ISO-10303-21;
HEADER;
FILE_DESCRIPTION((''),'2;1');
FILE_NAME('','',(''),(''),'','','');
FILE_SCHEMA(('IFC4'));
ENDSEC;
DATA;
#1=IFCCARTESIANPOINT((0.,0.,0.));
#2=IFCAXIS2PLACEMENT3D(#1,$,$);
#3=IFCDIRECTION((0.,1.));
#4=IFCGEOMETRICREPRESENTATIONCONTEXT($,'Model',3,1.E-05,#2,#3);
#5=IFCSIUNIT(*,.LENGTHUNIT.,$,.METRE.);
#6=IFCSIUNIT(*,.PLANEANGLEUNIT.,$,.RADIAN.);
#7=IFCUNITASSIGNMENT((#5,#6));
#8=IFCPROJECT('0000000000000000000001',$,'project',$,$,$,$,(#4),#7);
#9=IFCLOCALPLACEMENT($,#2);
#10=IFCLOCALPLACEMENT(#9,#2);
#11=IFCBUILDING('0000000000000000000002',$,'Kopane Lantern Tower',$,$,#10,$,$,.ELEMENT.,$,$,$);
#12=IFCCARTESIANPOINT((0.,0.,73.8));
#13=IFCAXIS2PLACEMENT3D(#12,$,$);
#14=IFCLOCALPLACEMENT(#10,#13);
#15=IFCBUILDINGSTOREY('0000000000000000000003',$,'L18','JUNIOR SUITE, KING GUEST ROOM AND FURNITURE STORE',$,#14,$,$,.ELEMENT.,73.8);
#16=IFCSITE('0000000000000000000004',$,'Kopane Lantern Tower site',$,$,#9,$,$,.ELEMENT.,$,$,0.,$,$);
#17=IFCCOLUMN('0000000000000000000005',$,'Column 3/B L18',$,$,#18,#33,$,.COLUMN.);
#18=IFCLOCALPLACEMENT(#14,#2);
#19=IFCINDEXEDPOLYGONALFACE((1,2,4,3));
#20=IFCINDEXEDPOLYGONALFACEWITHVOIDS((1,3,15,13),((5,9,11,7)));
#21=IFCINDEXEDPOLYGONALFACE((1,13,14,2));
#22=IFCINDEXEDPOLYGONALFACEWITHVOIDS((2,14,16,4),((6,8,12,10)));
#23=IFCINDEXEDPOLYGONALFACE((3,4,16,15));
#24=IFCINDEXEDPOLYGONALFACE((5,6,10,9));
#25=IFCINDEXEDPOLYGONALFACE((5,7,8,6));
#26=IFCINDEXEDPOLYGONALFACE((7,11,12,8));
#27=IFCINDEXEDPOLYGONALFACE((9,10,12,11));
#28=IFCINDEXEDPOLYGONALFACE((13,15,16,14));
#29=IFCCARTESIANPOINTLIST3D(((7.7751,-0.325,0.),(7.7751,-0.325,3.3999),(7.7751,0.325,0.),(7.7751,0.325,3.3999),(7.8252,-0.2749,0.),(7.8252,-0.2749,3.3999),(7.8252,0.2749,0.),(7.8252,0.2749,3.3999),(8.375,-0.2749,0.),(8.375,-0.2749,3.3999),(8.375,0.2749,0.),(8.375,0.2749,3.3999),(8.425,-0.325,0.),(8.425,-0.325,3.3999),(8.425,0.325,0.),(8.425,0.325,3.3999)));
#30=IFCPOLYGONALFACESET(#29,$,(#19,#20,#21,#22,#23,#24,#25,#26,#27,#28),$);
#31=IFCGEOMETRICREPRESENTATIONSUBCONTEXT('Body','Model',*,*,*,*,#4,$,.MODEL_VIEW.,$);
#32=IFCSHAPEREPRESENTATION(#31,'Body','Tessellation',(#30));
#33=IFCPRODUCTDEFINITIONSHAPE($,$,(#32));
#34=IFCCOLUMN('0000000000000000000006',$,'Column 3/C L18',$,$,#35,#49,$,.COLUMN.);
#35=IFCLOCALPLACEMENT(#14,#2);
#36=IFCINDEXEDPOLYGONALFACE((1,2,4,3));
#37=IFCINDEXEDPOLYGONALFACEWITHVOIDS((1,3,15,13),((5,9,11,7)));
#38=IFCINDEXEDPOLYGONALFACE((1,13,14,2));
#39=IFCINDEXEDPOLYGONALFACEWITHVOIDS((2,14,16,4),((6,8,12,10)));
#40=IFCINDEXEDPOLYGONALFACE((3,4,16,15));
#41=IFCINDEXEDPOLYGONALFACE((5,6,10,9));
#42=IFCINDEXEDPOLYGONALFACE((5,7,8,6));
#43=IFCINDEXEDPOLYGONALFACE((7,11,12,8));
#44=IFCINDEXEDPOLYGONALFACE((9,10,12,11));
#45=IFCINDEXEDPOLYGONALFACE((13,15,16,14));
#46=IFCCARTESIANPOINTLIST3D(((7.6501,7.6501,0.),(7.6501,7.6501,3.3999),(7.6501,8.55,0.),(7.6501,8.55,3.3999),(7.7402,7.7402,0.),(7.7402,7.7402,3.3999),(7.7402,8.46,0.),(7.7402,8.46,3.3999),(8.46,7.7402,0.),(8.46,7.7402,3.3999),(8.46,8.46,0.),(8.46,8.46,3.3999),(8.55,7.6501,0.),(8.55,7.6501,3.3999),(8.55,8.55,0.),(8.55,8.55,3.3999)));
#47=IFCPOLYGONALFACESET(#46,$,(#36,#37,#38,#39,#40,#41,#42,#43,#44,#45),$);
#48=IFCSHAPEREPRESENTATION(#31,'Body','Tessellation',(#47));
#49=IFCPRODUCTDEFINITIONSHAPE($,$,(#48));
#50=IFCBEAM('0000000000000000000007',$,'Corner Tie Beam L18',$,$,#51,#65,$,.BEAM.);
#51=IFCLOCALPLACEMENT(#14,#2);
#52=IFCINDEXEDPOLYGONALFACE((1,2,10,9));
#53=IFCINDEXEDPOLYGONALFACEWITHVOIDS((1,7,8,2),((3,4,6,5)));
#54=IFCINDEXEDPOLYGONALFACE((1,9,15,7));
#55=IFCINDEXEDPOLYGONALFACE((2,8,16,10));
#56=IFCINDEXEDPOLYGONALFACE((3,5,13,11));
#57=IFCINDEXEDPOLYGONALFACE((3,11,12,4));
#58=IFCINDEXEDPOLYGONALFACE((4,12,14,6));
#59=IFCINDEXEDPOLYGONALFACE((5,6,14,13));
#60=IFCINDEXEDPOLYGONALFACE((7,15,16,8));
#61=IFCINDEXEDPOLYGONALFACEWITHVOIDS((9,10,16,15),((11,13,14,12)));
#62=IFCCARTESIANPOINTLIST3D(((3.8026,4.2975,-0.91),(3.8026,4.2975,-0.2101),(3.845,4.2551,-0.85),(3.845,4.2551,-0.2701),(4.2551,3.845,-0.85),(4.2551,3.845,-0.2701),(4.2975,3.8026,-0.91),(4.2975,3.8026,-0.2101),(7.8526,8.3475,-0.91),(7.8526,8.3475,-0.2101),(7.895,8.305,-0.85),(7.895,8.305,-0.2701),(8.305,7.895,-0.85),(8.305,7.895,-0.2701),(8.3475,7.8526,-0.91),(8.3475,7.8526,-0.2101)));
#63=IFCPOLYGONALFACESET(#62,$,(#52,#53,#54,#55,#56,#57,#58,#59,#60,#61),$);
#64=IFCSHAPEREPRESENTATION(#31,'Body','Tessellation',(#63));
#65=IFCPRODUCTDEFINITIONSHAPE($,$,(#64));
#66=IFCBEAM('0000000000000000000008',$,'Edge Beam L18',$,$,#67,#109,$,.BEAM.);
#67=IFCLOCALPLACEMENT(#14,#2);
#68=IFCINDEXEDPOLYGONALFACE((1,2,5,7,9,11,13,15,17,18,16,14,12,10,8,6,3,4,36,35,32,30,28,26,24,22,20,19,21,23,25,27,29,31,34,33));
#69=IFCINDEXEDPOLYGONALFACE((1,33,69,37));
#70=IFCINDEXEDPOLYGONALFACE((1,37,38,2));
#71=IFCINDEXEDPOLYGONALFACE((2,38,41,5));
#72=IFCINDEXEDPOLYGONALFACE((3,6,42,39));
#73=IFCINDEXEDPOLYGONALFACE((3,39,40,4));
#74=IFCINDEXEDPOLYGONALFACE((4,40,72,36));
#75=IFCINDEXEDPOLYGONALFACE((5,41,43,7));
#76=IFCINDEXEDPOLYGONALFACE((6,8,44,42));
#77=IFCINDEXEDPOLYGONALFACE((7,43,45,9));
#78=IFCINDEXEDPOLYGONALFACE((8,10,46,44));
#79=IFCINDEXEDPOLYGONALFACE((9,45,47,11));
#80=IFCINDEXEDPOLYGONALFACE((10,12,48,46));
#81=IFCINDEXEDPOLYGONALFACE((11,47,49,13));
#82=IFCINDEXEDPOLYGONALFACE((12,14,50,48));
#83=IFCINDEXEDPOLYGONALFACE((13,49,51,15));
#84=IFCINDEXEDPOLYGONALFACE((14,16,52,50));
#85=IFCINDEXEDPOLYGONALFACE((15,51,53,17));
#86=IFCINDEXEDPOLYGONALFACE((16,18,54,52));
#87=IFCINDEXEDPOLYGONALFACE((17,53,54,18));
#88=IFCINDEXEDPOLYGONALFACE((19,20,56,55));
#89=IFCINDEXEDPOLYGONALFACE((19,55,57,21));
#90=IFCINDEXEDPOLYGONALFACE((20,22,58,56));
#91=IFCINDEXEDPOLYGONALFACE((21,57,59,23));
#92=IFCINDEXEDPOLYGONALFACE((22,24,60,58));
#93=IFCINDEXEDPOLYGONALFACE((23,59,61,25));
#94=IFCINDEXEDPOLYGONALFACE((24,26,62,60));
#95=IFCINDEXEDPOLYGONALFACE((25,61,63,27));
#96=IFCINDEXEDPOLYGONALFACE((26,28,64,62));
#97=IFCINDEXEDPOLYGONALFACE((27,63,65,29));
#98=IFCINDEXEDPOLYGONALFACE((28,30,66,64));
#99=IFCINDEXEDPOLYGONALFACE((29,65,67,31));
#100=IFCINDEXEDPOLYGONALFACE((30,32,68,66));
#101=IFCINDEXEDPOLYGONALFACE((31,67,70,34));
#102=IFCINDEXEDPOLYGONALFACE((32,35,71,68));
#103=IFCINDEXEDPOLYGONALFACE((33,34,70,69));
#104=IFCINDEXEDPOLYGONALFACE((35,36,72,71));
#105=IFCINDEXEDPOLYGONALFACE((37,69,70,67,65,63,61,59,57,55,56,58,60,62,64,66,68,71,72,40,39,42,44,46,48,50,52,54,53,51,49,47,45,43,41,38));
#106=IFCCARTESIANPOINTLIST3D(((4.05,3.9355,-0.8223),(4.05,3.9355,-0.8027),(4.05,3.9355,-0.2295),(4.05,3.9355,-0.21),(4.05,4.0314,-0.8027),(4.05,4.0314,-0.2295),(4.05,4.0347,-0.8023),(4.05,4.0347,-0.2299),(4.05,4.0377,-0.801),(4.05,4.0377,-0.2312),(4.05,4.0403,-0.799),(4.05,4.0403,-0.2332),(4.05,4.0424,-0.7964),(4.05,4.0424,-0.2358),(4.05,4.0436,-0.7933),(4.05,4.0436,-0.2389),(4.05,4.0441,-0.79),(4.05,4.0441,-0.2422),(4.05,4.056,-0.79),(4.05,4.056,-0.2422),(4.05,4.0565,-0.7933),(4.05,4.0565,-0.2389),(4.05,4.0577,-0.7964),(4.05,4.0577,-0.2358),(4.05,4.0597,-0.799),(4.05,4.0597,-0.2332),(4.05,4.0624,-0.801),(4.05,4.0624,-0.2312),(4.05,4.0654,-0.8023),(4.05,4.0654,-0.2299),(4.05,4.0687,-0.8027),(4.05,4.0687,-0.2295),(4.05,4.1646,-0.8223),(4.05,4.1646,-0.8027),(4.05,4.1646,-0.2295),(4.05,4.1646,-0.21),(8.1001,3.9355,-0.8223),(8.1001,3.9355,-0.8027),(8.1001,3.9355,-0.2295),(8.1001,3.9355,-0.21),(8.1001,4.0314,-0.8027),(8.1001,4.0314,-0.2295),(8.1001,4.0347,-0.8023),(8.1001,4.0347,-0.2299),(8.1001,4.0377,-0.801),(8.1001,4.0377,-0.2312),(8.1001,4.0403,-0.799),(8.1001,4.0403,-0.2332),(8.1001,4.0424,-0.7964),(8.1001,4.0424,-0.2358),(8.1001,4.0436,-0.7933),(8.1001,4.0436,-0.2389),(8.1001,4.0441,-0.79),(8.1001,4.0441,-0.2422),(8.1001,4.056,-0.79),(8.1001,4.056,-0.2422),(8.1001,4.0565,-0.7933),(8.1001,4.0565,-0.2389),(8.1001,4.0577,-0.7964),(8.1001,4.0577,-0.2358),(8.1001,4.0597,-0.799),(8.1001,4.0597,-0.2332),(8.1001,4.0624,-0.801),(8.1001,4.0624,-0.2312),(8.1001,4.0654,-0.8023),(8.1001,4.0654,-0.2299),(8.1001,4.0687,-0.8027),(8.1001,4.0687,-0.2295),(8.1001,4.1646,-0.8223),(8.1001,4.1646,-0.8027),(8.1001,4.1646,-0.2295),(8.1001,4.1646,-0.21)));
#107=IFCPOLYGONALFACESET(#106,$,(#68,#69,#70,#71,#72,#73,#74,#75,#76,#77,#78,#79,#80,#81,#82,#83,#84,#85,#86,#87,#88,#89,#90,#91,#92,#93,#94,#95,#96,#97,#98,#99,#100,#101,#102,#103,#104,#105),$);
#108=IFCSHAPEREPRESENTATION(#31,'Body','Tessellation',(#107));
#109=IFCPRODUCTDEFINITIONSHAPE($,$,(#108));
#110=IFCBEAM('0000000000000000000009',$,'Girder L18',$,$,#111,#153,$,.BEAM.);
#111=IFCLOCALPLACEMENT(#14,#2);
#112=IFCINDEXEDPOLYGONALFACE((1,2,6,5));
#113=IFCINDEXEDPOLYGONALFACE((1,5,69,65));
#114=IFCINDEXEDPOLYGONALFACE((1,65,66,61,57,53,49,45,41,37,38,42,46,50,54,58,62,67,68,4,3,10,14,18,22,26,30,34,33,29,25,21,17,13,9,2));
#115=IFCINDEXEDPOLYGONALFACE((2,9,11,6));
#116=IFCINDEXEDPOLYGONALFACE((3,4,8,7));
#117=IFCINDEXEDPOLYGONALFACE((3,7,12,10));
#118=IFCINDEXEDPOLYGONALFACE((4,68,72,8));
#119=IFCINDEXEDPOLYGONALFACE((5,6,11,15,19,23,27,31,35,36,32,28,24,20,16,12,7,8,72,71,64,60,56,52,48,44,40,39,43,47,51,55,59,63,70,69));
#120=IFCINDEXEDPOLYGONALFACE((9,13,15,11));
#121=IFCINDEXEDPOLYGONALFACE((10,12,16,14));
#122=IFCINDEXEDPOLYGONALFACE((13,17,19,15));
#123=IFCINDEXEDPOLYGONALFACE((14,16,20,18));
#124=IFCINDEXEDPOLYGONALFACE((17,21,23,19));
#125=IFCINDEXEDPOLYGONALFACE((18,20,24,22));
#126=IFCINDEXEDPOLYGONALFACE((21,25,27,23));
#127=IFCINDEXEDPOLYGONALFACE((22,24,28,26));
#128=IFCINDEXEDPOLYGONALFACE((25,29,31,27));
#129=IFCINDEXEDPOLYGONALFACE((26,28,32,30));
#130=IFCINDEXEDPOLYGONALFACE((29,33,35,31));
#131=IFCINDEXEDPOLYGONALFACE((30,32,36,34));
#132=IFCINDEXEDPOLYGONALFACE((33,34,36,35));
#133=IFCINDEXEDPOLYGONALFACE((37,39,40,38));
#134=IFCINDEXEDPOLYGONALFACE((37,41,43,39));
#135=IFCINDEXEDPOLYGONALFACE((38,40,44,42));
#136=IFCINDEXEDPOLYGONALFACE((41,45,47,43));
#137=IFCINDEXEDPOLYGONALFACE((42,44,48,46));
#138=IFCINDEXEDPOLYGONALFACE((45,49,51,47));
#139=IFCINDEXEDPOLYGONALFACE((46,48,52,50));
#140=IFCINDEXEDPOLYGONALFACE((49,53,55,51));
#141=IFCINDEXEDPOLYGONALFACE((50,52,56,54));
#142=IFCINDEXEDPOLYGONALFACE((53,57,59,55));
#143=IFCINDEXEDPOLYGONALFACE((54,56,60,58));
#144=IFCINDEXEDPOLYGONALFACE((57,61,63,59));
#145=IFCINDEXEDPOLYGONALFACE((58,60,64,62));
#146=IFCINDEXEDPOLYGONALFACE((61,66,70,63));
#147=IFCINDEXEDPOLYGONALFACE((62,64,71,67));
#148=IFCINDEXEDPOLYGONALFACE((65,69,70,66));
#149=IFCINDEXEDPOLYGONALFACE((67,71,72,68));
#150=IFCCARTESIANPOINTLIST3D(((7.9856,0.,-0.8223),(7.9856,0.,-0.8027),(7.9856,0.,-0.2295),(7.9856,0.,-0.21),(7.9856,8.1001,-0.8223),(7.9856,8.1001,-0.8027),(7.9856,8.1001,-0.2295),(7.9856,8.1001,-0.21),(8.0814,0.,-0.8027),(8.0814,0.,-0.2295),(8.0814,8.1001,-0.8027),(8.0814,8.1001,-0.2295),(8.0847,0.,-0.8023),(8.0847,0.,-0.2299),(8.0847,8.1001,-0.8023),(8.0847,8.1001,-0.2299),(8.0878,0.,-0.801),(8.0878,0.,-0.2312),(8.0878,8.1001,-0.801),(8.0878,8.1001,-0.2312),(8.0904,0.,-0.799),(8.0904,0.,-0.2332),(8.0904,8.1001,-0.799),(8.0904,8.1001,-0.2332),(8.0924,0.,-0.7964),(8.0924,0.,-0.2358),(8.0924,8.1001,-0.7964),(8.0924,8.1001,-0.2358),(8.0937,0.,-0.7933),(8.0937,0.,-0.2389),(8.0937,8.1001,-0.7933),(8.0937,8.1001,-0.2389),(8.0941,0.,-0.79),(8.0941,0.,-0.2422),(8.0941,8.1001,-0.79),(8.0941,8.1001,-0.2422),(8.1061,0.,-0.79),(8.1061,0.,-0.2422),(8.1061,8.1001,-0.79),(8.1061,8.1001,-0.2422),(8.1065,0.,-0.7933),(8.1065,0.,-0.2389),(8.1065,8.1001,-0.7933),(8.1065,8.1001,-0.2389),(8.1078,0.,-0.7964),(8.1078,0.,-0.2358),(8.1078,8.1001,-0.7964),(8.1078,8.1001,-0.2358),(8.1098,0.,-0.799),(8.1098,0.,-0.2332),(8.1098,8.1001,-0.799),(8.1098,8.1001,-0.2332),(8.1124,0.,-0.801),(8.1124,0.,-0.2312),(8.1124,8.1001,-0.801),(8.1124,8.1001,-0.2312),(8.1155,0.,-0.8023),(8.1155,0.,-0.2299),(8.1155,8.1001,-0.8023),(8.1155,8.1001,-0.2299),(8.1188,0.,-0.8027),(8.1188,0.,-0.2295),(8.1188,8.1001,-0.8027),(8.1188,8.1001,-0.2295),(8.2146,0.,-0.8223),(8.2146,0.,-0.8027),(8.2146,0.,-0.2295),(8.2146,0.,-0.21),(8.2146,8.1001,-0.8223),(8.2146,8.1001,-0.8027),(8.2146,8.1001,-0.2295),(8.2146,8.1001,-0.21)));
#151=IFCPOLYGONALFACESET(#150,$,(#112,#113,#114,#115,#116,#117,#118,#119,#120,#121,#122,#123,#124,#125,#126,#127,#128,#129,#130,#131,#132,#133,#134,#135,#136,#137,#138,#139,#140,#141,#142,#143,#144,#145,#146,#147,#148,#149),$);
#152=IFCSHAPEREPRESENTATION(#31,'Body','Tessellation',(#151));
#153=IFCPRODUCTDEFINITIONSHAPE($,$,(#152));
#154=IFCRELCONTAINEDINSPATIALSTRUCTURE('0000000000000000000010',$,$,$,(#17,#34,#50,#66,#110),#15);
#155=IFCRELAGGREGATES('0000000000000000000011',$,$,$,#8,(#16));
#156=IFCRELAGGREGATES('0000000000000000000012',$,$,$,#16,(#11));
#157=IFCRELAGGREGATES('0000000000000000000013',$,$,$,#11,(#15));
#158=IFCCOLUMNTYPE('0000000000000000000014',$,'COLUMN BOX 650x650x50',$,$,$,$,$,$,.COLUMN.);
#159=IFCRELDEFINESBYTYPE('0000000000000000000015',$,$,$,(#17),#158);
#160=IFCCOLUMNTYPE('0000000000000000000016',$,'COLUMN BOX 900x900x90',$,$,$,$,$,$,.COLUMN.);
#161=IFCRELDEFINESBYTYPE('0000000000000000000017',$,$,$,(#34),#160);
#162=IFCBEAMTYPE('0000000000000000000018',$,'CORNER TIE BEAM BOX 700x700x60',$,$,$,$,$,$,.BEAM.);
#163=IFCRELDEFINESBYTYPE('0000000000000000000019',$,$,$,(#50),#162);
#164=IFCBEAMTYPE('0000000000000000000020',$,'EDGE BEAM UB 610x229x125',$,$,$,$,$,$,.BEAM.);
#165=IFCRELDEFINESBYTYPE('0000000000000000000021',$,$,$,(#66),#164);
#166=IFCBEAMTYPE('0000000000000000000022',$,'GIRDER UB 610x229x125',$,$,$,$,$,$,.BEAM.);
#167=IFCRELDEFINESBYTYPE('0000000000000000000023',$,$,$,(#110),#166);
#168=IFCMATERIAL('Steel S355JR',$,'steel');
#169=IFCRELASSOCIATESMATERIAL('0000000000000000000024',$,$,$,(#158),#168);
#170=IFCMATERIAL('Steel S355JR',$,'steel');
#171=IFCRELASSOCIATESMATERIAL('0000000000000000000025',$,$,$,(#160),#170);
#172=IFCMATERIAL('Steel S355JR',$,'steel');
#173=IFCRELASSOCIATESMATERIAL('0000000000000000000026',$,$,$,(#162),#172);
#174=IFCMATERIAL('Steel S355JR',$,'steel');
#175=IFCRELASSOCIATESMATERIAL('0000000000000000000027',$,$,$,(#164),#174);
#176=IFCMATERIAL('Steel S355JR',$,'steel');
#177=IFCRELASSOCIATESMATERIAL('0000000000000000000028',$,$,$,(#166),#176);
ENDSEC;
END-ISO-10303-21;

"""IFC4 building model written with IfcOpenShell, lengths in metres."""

from ifc_helpers import new_model, si_unit, direction, frame, origin, origin_2d, place, context, subcontext, project, spatial, hollow_rectangle, i_section, extrude, material, material_profile, profile_set, type_object, element, save


model = new_model("IFC4")

# Units and contexts
model_context = context("Model", 3, precision=1e-05, world=origin(), true_north=direction((0.0, 1.0)))
body_context = subcontext(model_context, "Body", "Model", "MODEL_VIEW")
ifc_project = project(units=[si_unit("LENGTHUNIT", "METRE"), si_unit("PLANEANGLEUNIT", "RADIAN")], contexts=[model_context])

# Site, building, storey
site_placement = place(None, origin())
site = spatial("IfcSite", under=ifc_project, at=site_placement, Name="Kopane Lantern Tower site", CompositionType="ELEMENT", RefElevation=0.0)
building_placement = place(site_placement, origin())
building = spatial("IfcBuilding", under=site, at=building_placement, Name="Kopane Lantern Tower", CompositionType="ELEMENT")
storey_placement = place(building_placement, frame((0.0, 0.0, 73.8)))
storey = spatial("IfcBuildingStorey", under=building, at=storey_placement, Name="L18", Description="JUNIOR SUITE, KING GUEST ROOM AND FURNITURE STORE", CompositionType="ELEMENT", Elevation=73.8)

# Columns
ifc_material_1 = material(Name="Steel S355JR", Category="steel")
ifc_material_profile_1 = material_profile(ifc_material_1, hollow_rectangle(XDim=0.6499, YDim=0.6499, WallThickness=0.05, at=origin_2d()), Name="BOX 650x650x50")
ifc_profile_set_1 = profile_set([ifc_material_profile_1], Name="Steel S355JR")
column_type_1 = type_object("IfcColumnType", Name="COLUMN BOX 650x650x50", PredefinedType="COLUMN", material=ifc_profile_set_1)
column_1_placement = place(storey_placement, frame((8.1001, 0.0, 0.0), z_axis=(0.0, 0.0, 1.0), x_axis=(1.0, 0.0, 0.0)))
element("IfcColumn", 1, at=column_1_placement, inside=storey, type_object=column_type_1, Name="Column 3/B L18", PredefinedType="COLUMN", context=body_context, shape_type="SweptSolid", body=[
    extrude(hollow_rectangle(XDim=0.6499, YDim=0.6499, WallThickness=0.05, at=origin_2d()), origin(), (0.0, 0.0, 1.0), 3.3999),
])
ifc_material_2 = material(Name="Steel S355JR", Category="steel")
ifc_material_profile_2 = material_profile(ifc_material_2, hollow_rectangle(XDim=0.8999, YDim=0.8999, WallThickness=0.0901, at=origin_2d()), Name="BOX 900x900x90")
ifc_profile_set_2 = profile_set([ifc_material_profile_2], Name="Steel S355JR")
column_type_2 = type_object("IfcColumnType", Name="COLUMN BOX 900x900x90", PredefinedType="COLUMN", material=ifc_profile_set_2)
column_2_placement = place(storey_placement, frame((8.1001, 8.1001, 0.0), z_axis=(0.0, 0.0, 1.0), x_axis=(1.0, 0.0, 0.0)))
element("IfcColumn", 2, at=column_2_placement, inside=storey, type_object=column_type_2, Name="Column 3/C L18", PredefinedType="COLUMN", context=body_context, shape_type="SweptSolid", body=[
    extrude(hollow_rectangle(XDim=0.8999, YDim=0.8999, WallThickness=0.0901, at=origin_2d()), origin(), (0.0, 0.0, 1.0), 3.3999),
])

# Beams
ifc_material_3 = material(Name="Steel S355JR", Category="steel")
ifc_material_profile_3 = material_profile(ifc_material_3, hollow_rectangle(XDim=0.7, YDim=0.7, WallThickness=0.0601, at=origin_2d()), Name="BOX 700x700x60")
ifc_profile_set_3 = profile_set([ifc_material_profile_3], Name="Steel S355JR")
beam_type_1 = type_object("IfcBeamType", Name="CORNER TIE BEAM BOX 700x700x60", PredefinedType="BEAM", material=ifc_profile_set_3)
beam_1_placement = place(storey_placement, frame((4.05, 4.05, -0.5601), z_axis=(0.707107, 0.707107, 0.0), x_axis=(-0.707107, 0.707107, 0.0)))
element("IfcBeam", 3, at=beam_1_placement, inside=storey, type_object=beam_type_1, Name="Corner Tie Beam L18", PredefinedType="BEAM", context=body_context, shape_type="SweptSolid", body=[
    extrude(hollow_rectangle(XDim=0.7, YDim=0.7, WallThickness=0.0601, at=origin_2d()), origin(), (0.0, 0.0, 1.0), 5.7275),
])
ifc_material_4 = material(Name="Steel S355JR", Category="steel")
ifc_material_profile_4 = material_profile(ifc_material_4, i_section(OverallWidth=0.229, OverallDepth=0.6123, WebThickness=0.012, FlangeThickness=0.0195, FilletRadius=0.0127, at=origin_2d()), Name="UB 610x229x125")
ifc_profile_set_4 = profile_set([ifc_material_profile_4], Name="Steel S355JR")
beam_type_2 = type_object("IfcBeamType", Name="EDGE BEAM UB 610x229x125", PredefinedType="BEAM", material=ifc_profile_set_4)
beam_2_placement = place(storey_placement, frame((4.05, 4.05, -0.5161), z_axis=(1.0, 0.0, 0.0), x_axis=(0.0, 1.0, 0.0)))
element("IfcBeam", 4, at=beam_2_placement, inside=storey, type_object=beam_type_2, Name="Edge Beam L18", PredefinedType="BEAM", context=body_context, shape_type="SweptSolid", body=[
    extrude(i_section(OverallWidth=0.229, OverallDepth=0.6123, WebThickness=0.012, FlangeThickness=0.0195, FilletRadius=0.0127, at=origin_2d()), origin(), (0.0, 0.0, 1.0), 4.05),
])
ifc_material_5 = material(Name="Steel S355JR", Category="steel")
ifc_material_profile_5 = material_profile(ifc_material_5, i_section(OverallWidth=0.229, OverallDepth=0.6123, WebThickness=0.012, FlangeThickness=0.0195, FilletRadius=0.0127, at=origin_2d()), Name="UB 610x229x125")
ifc_profile_set_5 = profile_set([ifc_material_profile_5], Name="Steel S355JR")
beam_type_3 = type_object("IfcBeamType", Name="GIRDER UB 610x229x125", PredefinedType="BEAM", material=ifc_profile_set_5)
beam_3_placement = place(storey_placement, frame((8.1001, 0.0, -0.5161), z_axis=(0.0, 1.0, 0.0), x_axis=(-1.0, 0.0, 0.0)))
element("IfcBeam", 5, at=beam_3_placement, inside=storey, type_object=beam_type_3, Name="Girder L18", PredefinedType="BEAM", context=body_context, shape_type="SweptSolid", body=[
    extrude(i_section(OverallWidth=0.229, OverallDepth=0.6123, WebThickness=0.012, FlangeThickness=0.0195, FilletRadius=0.0127, at=origin_2d()), origin(), (0.0, 0.0, 1.0), 8.1001),
])

save(model, "model.ifc")
